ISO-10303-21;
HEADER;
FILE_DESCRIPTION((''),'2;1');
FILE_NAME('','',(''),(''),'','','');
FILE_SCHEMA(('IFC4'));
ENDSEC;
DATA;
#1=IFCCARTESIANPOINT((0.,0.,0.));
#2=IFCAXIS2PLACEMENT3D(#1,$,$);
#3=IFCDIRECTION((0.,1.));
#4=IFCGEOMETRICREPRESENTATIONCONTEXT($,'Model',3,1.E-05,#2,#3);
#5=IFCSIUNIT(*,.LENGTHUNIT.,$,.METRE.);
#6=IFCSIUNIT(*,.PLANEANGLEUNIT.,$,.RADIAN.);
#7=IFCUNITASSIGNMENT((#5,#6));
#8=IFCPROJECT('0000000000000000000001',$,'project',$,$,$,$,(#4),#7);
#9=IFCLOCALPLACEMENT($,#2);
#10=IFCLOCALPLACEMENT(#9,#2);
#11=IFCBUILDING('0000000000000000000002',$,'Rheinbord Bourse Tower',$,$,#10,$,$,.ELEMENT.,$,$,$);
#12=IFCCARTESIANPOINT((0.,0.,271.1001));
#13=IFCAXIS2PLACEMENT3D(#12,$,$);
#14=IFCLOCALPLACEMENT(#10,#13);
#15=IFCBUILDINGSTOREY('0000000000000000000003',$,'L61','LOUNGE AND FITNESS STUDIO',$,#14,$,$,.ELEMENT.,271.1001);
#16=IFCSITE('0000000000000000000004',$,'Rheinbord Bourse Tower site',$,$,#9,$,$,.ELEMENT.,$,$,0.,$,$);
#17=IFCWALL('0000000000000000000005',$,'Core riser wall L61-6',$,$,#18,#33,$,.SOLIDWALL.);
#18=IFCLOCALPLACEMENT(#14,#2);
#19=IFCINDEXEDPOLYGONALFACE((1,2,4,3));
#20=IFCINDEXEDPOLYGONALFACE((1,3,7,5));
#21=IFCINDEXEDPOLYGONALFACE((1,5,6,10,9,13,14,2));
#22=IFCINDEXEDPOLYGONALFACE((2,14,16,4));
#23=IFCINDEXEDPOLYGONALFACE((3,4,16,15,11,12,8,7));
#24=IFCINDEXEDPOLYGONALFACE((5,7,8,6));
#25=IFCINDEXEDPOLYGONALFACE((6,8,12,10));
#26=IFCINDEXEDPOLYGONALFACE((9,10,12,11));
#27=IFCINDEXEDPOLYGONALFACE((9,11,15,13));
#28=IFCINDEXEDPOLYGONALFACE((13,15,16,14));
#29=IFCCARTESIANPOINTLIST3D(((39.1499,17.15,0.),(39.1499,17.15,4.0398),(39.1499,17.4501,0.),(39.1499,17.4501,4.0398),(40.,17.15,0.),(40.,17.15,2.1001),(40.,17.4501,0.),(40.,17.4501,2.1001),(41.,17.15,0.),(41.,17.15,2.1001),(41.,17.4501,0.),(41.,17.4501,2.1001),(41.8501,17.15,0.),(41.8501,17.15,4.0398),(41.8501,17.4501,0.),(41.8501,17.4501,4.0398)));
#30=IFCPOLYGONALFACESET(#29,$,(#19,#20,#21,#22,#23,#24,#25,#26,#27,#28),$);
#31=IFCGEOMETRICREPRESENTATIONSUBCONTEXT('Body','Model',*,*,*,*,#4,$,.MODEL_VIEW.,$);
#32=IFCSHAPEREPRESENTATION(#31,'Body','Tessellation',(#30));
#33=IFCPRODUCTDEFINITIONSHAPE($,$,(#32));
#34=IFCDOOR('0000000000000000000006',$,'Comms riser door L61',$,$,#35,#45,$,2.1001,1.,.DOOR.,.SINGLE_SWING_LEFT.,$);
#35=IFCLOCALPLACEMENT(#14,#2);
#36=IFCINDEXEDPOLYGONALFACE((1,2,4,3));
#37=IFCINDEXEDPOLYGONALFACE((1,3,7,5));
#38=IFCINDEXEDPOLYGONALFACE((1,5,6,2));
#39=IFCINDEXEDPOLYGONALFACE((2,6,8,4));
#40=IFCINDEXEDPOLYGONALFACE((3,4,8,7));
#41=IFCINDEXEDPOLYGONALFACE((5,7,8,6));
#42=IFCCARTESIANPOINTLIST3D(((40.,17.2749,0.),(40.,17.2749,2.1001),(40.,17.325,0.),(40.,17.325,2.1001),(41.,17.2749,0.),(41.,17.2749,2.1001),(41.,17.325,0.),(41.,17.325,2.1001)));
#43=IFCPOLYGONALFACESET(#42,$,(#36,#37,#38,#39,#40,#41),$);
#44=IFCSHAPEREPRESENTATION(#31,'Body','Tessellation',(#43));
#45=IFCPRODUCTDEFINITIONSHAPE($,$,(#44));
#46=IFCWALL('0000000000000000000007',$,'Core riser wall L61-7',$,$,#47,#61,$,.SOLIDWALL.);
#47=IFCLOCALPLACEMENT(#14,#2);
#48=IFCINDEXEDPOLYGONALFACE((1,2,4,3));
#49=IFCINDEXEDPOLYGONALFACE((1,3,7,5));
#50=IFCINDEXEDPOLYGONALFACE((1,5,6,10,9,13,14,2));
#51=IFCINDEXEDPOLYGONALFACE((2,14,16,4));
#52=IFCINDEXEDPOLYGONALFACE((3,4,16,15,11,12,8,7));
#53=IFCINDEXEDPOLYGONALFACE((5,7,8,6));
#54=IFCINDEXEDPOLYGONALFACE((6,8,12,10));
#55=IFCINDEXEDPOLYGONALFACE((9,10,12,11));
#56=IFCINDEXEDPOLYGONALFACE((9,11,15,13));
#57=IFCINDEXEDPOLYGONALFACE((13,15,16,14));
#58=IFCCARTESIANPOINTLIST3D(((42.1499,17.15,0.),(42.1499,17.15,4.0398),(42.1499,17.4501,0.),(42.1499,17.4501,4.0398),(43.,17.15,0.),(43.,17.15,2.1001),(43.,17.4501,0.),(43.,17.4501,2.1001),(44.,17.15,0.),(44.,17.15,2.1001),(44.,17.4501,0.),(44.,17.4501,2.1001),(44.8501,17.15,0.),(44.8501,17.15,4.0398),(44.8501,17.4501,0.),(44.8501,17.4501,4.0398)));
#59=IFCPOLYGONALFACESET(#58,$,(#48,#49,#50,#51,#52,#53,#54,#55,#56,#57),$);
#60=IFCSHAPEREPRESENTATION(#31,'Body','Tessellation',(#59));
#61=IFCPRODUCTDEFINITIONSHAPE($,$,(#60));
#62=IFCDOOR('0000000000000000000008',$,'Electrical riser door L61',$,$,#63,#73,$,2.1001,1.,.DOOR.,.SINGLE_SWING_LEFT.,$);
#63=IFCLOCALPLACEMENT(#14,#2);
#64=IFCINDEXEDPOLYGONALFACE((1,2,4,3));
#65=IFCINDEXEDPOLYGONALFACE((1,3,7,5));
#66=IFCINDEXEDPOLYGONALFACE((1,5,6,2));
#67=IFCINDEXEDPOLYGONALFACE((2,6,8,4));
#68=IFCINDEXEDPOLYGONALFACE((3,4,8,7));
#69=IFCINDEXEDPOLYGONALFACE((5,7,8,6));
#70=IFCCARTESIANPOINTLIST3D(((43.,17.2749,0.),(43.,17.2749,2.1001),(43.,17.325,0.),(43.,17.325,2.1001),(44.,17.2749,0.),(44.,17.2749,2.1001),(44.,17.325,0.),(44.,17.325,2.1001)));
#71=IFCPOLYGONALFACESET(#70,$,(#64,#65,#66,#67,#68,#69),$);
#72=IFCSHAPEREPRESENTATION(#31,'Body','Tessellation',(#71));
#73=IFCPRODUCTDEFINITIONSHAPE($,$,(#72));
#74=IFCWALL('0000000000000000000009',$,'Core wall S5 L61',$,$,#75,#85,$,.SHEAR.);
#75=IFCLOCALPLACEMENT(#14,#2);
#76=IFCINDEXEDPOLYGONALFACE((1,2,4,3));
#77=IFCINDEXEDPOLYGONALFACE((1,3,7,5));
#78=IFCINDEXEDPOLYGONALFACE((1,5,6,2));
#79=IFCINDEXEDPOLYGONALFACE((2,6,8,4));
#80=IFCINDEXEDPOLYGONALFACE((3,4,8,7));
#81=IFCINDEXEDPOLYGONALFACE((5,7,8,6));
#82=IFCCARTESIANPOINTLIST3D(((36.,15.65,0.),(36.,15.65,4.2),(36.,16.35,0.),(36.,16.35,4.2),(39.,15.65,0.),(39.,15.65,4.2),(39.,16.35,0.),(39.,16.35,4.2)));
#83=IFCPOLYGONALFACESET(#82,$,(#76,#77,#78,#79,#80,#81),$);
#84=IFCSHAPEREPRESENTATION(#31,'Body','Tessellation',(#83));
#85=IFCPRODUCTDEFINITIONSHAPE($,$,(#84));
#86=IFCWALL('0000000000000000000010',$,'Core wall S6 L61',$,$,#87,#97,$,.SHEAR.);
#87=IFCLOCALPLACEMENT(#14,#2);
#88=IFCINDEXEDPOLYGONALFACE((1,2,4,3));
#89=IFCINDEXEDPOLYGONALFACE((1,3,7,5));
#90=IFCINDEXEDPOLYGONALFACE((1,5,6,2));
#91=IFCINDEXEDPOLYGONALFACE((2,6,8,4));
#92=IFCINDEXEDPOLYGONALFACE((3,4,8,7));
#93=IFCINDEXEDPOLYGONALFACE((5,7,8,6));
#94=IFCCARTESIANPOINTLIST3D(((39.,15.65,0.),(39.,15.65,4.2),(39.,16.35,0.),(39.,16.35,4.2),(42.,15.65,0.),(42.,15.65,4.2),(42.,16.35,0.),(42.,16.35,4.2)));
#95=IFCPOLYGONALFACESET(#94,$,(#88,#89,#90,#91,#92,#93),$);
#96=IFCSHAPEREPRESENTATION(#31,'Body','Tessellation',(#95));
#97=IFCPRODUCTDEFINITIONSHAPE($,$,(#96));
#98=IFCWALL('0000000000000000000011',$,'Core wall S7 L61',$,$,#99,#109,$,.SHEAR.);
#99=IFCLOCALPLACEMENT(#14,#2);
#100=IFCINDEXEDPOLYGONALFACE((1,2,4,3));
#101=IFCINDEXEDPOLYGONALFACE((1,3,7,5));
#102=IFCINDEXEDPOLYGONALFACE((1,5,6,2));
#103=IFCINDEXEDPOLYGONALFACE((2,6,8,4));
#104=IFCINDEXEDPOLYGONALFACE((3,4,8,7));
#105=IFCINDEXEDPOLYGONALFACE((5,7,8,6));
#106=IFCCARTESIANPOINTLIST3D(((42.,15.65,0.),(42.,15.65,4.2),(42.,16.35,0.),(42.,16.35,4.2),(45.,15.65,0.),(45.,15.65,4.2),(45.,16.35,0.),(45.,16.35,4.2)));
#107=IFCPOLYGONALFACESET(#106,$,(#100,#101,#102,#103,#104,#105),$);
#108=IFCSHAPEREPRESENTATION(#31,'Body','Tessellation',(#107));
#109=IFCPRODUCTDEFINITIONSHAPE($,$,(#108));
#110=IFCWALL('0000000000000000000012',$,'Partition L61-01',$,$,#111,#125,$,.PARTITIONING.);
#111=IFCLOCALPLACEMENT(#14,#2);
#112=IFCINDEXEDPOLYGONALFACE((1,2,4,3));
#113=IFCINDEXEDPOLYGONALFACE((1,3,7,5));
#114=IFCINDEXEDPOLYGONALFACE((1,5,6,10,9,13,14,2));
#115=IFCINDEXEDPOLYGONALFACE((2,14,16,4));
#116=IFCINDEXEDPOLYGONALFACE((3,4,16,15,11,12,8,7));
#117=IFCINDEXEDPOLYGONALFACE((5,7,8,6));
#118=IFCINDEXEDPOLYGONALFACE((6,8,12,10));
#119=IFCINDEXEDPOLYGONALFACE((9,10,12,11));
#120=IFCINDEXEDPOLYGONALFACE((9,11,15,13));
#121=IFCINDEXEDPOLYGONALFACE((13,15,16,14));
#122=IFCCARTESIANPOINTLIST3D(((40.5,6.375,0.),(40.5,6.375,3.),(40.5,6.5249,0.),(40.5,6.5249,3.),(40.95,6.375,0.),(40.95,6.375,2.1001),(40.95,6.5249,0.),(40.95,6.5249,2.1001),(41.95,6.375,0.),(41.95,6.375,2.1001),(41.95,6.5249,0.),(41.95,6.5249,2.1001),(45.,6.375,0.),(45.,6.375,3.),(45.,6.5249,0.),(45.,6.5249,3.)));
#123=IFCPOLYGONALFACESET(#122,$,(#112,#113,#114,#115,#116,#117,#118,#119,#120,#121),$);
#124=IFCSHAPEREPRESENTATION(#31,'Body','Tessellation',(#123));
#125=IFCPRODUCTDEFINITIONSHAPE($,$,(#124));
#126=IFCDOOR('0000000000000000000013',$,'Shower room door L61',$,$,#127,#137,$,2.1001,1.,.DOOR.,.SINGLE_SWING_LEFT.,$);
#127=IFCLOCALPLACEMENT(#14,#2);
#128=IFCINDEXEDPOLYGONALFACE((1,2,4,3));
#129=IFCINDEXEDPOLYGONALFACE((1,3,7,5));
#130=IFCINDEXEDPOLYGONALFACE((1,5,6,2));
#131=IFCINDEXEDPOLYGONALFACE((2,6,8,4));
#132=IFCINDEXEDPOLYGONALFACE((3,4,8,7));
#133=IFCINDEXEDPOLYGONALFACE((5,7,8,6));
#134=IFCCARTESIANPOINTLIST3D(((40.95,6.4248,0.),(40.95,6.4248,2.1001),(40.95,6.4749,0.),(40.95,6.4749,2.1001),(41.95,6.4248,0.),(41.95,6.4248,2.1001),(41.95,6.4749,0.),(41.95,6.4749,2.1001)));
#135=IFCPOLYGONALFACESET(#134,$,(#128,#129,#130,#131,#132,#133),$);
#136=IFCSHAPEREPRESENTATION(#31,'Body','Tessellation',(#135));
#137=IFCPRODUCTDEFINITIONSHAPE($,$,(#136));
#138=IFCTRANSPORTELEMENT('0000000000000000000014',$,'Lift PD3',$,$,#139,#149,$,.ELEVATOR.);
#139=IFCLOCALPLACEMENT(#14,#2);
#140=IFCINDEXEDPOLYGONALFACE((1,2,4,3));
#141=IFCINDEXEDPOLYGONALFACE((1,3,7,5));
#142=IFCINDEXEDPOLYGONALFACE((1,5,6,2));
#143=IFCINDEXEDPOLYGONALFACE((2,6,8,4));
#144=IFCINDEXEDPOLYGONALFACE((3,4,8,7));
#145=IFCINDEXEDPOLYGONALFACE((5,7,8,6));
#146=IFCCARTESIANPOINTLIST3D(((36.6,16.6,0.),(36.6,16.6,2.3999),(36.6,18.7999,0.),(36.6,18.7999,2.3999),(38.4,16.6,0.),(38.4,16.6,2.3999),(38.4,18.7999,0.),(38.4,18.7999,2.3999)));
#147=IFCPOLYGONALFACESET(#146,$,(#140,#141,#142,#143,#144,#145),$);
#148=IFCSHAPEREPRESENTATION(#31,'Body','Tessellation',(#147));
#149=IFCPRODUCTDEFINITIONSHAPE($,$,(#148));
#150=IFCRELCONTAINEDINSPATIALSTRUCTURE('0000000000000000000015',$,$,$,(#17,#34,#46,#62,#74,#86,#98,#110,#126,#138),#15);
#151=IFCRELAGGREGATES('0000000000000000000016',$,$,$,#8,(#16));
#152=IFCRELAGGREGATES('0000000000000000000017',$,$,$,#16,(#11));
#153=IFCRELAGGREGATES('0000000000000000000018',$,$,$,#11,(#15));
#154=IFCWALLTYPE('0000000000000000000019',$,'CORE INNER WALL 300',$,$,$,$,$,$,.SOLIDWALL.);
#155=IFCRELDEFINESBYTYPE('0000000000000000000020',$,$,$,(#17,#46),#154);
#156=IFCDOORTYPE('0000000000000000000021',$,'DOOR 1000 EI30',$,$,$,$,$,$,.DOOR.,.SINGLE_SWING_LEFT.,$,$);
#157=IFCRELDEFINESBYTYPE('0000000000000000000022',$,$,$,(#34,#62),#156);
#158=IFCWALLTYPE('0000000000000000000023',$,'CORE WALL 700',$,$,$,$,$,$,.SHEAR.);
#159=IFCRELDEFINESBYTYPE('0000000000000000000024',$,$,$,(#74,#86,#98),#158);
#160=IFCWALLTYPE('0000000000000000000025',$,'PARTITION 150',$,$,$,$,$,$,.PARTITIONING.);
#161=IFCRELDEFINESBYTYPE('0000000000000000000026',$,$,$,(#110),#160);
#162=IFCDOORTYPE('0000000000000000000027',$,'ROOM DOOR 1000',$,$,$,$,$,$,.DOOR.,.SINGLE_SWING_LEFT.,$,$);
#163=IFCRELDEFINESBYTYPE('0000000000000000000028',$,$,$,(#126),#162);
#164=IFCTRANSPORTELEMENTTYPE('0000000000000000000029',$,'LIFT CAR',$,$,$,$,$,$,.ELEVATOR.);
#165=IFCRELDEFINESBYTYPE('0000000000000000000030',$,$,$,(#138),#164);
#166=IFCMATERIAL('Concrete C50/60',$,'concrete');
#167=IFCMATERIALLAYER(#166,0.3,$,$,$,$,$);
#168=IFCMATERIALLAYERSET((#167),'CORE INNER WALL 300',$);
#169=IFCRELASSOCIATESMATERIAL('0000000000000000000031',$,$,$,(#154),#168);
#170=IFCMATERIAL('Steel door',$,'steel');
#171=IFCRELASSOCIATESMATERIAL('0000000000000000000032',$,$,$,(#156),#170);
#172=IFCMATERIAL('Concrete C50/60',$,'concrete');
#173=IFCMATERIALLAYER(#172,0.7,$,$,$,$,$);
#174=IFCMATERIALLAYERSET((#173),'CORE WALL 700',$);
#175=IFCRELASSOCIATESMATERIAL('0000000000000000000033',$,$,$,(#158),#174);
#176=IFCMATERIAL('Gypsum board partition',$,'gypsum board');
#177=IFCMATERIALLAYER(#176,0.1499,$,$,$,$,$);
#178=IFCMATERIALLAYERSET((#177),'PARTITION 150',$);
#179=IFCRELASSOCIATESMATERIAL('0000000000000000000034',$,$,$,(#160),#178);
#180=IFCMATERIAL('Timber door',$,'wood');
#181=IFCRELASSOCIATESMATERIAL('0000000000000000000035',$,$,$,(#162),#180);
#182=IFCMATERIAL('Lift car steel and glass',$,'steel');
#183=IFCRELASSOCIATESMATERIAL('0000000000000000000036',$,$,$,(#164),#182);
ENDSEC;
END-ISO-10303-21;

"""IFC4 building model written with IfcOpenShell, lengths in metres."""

from ifc_helpers import new_model, si_unit, direction, frame, frame_2d, origin, origin_2d, place, context, subcontext, project, spatial, rectangle, extrude, material, layer, layer_set, type_object, element, fill, save


model = new_model("IFC4")

# Units and contexts
model_context = context("Model", 3, precision=1e-05, world=origin(), true_north=direction((0.0, 1.0)))
body_context = subcontext(model_context, "Body", "Model", "MODEL_VIEW")
ifc_project = project(units=[si_unit("LENGTHUNIT", "METRE"), si_unit("PLANEANGLEUNIT", "RADIAN")], contexts=[model_context])

# Site, building, storey
site_placement = place(None, origin())
site = spatial("IfcSite", under=ifc_project, at=site_placement, Name="Rheinbord Bourse Tower site", CompositionType="ELEMENT", RefElevation=0.0)
building_placement = place(site_placement, origin())
building = spatial("IfcBuilding", under=site, at=building_placement, Name="Rheinbord Bourse Tower", CompositionType="ELEMENT")
storey_placement = place(building_placement, frame((0.0, 0.0, 271.1001)))
storey = spatial("IfcBuildingStorey", under=building, at=storey_placement, Name="L61", Description="LOUNGE AND FITNESS STUDIO", CompositionType="ELEMENT", Elevation=271.1001)

# Shared definitions
ifc_material_1 = material(Name="Concrete C50/60", Category="concrete")
ifc_layer_1 = layer(ifc_material_1, 0.3)
ifc_layer_set_1 = layer_set([ifc_layer_1], Name="CORE INNER WALL 300")
wall_type_1 = type_object("IfcWallType", Name="CORE INNER WALL 300", PredefinedType="SOLIDWALL", material=ifc_layer_set_1)
ifc_material_2 = material(Name="Steel door", Category="steel")
door_type_1 = type_object("IfcDoorType", Name="DOOR 1000 EI30", OperationType="SINGLE_SWING_LEFT", PredefinedType="DOOR", material=ifc_material_2)

# Walls, openings, doors
wall_1_placement = place(storey_placement, frame((39.1499, 17.3, 0.0), z_axis=(0.0, 0.0, 1.0), x_axis=(1.0, 0.0, 0.0)))
wall_1 = element("IfcWall", 1, at=wall_1_placement, inside=storey, type_object=wall_type_1, Name="Core riser wall L61-6", PredefinedType="SOLIDWALL", context=body_context, shape_type="SweptSolid", body=[
    extrude(rectangle(XDim=2.7002, YDim=0.3, at=frame_2d((1.3501, 0.0))), origin(), (0.0, 0.0, 1.0), 4.0398),
])
opening_1_placement = place(wall_1_placement, frame((0.8501, 0.0, 0.0)))
opening_1 = element("IfcOpeningElement", 2, at=opening_1_placement, cuts=wall_1, PredefinedType="OPENING", context=body_context, shape_type="SweptSolid", body=[
    extrude(rectangle(XDim=1.0, YDim=2.1001, at=frame_2d((0.5, 1.05))), frame((0.0, 0.1599, 0.0), z_axis=(0.0, -1.0, 0.0), x_axis=(1.0, 0.0, 0.0)), (0.0, 0.0, 1.0), 0.3201),
])
door_1_placement = place(opening_1_placement, origin())
door_1 = element("IfcDoor", 3, at=door_1_placement, inside=storey, type_object=door_type_1, Name="Comms riser door L61", OperationType="SINGLE_SWING_LEFT", OverallHeight=2.1001, OverallWidth=1.0, PredefinedType="DOOR", context=body_context, shape_type="SweptSolid", body=[
    extrude(rectangle(XDim=1.0, YDim=2.1001, at=frame_2d((0.5, 1.05))), frame((0.0, 0.0249, 0.0), z_axis=(0.0, -1.0, 0.0), x_axis=(1.0, 0.0, 0.0)), (0.0, 0.0, 1.0), 0.05),
])
fill(opening_1, door_1)
wall_2_placement = place(storey_placement, frame((42.1499, 17.3, 0.0), z_axis=(0.0, 0.0, 1.0), x_axis=(1.0, 0.0, 0.0)))
wall_2 = element("IfcWall", 4, at=wall_2_placement, inside=storey, type_object=wall_type_1, Name="Core riser wall L61-7", PredefinedType="SOLIDWALL", context=body_context, shape_type="SweptSolid", body=[
    extrude(rectangle(XDim=2.7002, YDim=0.3, at=frame_2d((1.3501, 0.0))), origin(), (0.0, 0.0, 1.0), 4.0398),
])
opening_2_placement = place(wall_2_placement, frame((0.8501, 0.0, 0.0)))
opening_2 = element("IfcOpeningElement", 5, at=opening_2_placement, cuts=wall_2, PredefinedType="OPENING", context=body_context, shape_type="SweptSolid", body=[
    extrude(rectangle(XDim=1.0, YDim=2.1001, at=frame_2d((0.5, 1.05))), frame((0.0, 0.1599, 0.0), z_axis=(0.0, -1.0, 0.0), x_axis=(1.0, 0.0, 0.0)), (0.0, 0.0, 1.0), 0.3201),
])
door_2_placement = place(opening_2_placement, origin())
door_2 = element("IfcDoor", 6, at=door_2_placement, inside=storey, type_object=door_type_1, Name="Electrical riser door L61", OperationType="SINGLE_SWING_LEFT", OverallHeight=2.1001, OverallWidth=1.0, PredefinedType="DOOR", context=body_context, shape_type="SweptSolid", body=[
    extrude(rectangle(XDim=1.0, YDim=2.1001, at=frame_2d((0.5, 1.05))), frame((0.0, 0.0249, 0.0), z_axis=(0.0, -1.0, 0.0), x_axis=(1.0, 0.0, 0.0)), (0.0, 0.0, 1.0), 0.05),
])
fill(opening_2, door_2)

# Walls
ifc_material_3 = material(Name="Concrete C50/60", Category="concrete")
ifc_layer_2 = layer(ifc_material_3, 0.7)
ifc_layer_set_2 = layer_set([ifc_layer_2], Name="CORE WALL 700")
wall_type_2 = type_object("IfcWallType", Name="CORE WALL 700", PredefinedType="SHEAR", material=ifc_layer_set_2)
for number, where, z_axis, x_axis, name in (
    (7, (36.0, 16.0, 0.0), (0.0, 0.0, 1.0), (1.0, 0.0, 0.0), "Core wall S5 L61"),
    (8, (39.0, 16.0, 0.0), (0.0, 0.0, 1.0), (1.0, 0.0, 0.0), "Core wall S6 L61"),
    (9, (42.0, 16.0, 0.0), (0.0, 0.0, 1.0), (1.0, 0.0, 0.0), "Core wall S7 L61"),
):
    element("IfcWall", number, at=place(storey_placement, frame(where, z_axis=z_axis, x_axis=x_axis)), inside=storey, type_object=wall_type_2, Name=name, PredefinedType="SHEAR", context=body_context, shape_type="SweptSolid", body=[
        extrude(rectangle(XDim=3.0, YDim=0.7, at=frame_2d((1.5, 0.0))), origin(), (0.0, 0.0, 1.0), 4.2),
    ])

# Wall, opening, door
ifc_material_4 = material(Name="Gypsum board partition", Category="gypsum board")
ifc_layer_3 = layer(ifc_material_4, 0.1499)
ifc_layer_set_3 = layer_set([ifc_layer_3], Name="PARTITION 150")
wall_type_3 = type_object("IfcWallType", Name="PARTITION 150", PredefinedType="PARTITIONING", material=ifc_layer_set_3)
wall_3_placement = place(storey_placement, frame((40.5, 6.45, 0.0), z_axis=(0.0, 0.0, 1.0), x_axis=(1.0, 0.0, 0.0)))
wall_3 = element("IfcWall", 10, at=wall_3_placement, inside=storey, type_object=wall_type_3, Name="Partition L61-01", PredefinedType="PARTITIONING", context=body_context, shape_type="SweptSolid", body=[
    extrude(rectangle(XDim=4.5, YDim=0.1499, at=frame_2d((2.25, 0.0))), origin(), (0.0, 0.0, 1.0), 3.0),
])
opening_3_placement = place(wall_3_placement, frame((0.45, 0.0, 0.0)))
opening_3 = element("IfcOpeningElement", 11, at=opening_3_placement, cuts=wall_3, PredefinedType="OPENING", context=body_context, shape_type="SweptSolid", body=[
    extrude(rectangle(XDim=1.0, YDim=2.1001, at=frame_2d((0.5, 1.05))), frame((0.0, 0.085, 0.0), z_axis=(0.0, -1.0, 0.0), x_axis=(1.0, 0.0, 0.0)), (0.0, 0.0, 1.0), 0.1699),
])
ifc_material_5 = material(Name="Timber door", Category="wood")
door_type_2 = type_object("IfcDoorType", Name="ROOM DOOR 1000", OperationType="SINGLE_SWING_LEFT", PredefinedType="DOOR", material=ifc_material_5)
door_3_placement = place(opening_3_placement, origin())
door_3 = element("IfcDoor", 12, at=door_3_placement, inside=storey, type_object=door_type_2, Name="Shower room door L61", OperationType="SINGLE_SWING_LEFT", OverallHeight=2.1001, OverallWidth=1.0, PredefinedType="DOOR", context=body_context, shape_type="SweptSolid", body=[
    extrude(rectangle(XDim=1.0, YDim=2.1001, at=frame_2d((0.5, 1.05))), frame((0.0, 0.0249, 0.0), z_axis=(0.0, -1.0, 0.0), x_axis=(1.0, 0.0, 0.0)), (0.0, 0.0, 1.0), 0.05),
])
fill(opening_3, door_3)

# Transport element
ifc_material_6 = material(Name="Lift car steel and glass", Category="steel")
transport_element_type = type_object("IfcTransportElementType", Name="LIFT CAR", PredefinedType="ELEVATOR", material=ifc_material_6)
transport_element_placement = place(storey_placement, frame((37.5, 17.7, 0.0), z_axis=(0.0, 0.0, 1.0), x_axis=(1.0, 0.0, 0.0)))
element("IfcTransportElement", 13, at=transport_element_placement, inside=storey, type_object=transport_element_type, Name="Lift PD3", PredefinedType="ELEVATOR", context=body_context, shape_type="SweptSolid", body=[
    extrude(rectangle(XDim=1.8, YDim=2.2, at=origin_2d()), origin(), (0.0, 0.0, 1.0), 2.3999),
])

save(model, "model.ifc")
